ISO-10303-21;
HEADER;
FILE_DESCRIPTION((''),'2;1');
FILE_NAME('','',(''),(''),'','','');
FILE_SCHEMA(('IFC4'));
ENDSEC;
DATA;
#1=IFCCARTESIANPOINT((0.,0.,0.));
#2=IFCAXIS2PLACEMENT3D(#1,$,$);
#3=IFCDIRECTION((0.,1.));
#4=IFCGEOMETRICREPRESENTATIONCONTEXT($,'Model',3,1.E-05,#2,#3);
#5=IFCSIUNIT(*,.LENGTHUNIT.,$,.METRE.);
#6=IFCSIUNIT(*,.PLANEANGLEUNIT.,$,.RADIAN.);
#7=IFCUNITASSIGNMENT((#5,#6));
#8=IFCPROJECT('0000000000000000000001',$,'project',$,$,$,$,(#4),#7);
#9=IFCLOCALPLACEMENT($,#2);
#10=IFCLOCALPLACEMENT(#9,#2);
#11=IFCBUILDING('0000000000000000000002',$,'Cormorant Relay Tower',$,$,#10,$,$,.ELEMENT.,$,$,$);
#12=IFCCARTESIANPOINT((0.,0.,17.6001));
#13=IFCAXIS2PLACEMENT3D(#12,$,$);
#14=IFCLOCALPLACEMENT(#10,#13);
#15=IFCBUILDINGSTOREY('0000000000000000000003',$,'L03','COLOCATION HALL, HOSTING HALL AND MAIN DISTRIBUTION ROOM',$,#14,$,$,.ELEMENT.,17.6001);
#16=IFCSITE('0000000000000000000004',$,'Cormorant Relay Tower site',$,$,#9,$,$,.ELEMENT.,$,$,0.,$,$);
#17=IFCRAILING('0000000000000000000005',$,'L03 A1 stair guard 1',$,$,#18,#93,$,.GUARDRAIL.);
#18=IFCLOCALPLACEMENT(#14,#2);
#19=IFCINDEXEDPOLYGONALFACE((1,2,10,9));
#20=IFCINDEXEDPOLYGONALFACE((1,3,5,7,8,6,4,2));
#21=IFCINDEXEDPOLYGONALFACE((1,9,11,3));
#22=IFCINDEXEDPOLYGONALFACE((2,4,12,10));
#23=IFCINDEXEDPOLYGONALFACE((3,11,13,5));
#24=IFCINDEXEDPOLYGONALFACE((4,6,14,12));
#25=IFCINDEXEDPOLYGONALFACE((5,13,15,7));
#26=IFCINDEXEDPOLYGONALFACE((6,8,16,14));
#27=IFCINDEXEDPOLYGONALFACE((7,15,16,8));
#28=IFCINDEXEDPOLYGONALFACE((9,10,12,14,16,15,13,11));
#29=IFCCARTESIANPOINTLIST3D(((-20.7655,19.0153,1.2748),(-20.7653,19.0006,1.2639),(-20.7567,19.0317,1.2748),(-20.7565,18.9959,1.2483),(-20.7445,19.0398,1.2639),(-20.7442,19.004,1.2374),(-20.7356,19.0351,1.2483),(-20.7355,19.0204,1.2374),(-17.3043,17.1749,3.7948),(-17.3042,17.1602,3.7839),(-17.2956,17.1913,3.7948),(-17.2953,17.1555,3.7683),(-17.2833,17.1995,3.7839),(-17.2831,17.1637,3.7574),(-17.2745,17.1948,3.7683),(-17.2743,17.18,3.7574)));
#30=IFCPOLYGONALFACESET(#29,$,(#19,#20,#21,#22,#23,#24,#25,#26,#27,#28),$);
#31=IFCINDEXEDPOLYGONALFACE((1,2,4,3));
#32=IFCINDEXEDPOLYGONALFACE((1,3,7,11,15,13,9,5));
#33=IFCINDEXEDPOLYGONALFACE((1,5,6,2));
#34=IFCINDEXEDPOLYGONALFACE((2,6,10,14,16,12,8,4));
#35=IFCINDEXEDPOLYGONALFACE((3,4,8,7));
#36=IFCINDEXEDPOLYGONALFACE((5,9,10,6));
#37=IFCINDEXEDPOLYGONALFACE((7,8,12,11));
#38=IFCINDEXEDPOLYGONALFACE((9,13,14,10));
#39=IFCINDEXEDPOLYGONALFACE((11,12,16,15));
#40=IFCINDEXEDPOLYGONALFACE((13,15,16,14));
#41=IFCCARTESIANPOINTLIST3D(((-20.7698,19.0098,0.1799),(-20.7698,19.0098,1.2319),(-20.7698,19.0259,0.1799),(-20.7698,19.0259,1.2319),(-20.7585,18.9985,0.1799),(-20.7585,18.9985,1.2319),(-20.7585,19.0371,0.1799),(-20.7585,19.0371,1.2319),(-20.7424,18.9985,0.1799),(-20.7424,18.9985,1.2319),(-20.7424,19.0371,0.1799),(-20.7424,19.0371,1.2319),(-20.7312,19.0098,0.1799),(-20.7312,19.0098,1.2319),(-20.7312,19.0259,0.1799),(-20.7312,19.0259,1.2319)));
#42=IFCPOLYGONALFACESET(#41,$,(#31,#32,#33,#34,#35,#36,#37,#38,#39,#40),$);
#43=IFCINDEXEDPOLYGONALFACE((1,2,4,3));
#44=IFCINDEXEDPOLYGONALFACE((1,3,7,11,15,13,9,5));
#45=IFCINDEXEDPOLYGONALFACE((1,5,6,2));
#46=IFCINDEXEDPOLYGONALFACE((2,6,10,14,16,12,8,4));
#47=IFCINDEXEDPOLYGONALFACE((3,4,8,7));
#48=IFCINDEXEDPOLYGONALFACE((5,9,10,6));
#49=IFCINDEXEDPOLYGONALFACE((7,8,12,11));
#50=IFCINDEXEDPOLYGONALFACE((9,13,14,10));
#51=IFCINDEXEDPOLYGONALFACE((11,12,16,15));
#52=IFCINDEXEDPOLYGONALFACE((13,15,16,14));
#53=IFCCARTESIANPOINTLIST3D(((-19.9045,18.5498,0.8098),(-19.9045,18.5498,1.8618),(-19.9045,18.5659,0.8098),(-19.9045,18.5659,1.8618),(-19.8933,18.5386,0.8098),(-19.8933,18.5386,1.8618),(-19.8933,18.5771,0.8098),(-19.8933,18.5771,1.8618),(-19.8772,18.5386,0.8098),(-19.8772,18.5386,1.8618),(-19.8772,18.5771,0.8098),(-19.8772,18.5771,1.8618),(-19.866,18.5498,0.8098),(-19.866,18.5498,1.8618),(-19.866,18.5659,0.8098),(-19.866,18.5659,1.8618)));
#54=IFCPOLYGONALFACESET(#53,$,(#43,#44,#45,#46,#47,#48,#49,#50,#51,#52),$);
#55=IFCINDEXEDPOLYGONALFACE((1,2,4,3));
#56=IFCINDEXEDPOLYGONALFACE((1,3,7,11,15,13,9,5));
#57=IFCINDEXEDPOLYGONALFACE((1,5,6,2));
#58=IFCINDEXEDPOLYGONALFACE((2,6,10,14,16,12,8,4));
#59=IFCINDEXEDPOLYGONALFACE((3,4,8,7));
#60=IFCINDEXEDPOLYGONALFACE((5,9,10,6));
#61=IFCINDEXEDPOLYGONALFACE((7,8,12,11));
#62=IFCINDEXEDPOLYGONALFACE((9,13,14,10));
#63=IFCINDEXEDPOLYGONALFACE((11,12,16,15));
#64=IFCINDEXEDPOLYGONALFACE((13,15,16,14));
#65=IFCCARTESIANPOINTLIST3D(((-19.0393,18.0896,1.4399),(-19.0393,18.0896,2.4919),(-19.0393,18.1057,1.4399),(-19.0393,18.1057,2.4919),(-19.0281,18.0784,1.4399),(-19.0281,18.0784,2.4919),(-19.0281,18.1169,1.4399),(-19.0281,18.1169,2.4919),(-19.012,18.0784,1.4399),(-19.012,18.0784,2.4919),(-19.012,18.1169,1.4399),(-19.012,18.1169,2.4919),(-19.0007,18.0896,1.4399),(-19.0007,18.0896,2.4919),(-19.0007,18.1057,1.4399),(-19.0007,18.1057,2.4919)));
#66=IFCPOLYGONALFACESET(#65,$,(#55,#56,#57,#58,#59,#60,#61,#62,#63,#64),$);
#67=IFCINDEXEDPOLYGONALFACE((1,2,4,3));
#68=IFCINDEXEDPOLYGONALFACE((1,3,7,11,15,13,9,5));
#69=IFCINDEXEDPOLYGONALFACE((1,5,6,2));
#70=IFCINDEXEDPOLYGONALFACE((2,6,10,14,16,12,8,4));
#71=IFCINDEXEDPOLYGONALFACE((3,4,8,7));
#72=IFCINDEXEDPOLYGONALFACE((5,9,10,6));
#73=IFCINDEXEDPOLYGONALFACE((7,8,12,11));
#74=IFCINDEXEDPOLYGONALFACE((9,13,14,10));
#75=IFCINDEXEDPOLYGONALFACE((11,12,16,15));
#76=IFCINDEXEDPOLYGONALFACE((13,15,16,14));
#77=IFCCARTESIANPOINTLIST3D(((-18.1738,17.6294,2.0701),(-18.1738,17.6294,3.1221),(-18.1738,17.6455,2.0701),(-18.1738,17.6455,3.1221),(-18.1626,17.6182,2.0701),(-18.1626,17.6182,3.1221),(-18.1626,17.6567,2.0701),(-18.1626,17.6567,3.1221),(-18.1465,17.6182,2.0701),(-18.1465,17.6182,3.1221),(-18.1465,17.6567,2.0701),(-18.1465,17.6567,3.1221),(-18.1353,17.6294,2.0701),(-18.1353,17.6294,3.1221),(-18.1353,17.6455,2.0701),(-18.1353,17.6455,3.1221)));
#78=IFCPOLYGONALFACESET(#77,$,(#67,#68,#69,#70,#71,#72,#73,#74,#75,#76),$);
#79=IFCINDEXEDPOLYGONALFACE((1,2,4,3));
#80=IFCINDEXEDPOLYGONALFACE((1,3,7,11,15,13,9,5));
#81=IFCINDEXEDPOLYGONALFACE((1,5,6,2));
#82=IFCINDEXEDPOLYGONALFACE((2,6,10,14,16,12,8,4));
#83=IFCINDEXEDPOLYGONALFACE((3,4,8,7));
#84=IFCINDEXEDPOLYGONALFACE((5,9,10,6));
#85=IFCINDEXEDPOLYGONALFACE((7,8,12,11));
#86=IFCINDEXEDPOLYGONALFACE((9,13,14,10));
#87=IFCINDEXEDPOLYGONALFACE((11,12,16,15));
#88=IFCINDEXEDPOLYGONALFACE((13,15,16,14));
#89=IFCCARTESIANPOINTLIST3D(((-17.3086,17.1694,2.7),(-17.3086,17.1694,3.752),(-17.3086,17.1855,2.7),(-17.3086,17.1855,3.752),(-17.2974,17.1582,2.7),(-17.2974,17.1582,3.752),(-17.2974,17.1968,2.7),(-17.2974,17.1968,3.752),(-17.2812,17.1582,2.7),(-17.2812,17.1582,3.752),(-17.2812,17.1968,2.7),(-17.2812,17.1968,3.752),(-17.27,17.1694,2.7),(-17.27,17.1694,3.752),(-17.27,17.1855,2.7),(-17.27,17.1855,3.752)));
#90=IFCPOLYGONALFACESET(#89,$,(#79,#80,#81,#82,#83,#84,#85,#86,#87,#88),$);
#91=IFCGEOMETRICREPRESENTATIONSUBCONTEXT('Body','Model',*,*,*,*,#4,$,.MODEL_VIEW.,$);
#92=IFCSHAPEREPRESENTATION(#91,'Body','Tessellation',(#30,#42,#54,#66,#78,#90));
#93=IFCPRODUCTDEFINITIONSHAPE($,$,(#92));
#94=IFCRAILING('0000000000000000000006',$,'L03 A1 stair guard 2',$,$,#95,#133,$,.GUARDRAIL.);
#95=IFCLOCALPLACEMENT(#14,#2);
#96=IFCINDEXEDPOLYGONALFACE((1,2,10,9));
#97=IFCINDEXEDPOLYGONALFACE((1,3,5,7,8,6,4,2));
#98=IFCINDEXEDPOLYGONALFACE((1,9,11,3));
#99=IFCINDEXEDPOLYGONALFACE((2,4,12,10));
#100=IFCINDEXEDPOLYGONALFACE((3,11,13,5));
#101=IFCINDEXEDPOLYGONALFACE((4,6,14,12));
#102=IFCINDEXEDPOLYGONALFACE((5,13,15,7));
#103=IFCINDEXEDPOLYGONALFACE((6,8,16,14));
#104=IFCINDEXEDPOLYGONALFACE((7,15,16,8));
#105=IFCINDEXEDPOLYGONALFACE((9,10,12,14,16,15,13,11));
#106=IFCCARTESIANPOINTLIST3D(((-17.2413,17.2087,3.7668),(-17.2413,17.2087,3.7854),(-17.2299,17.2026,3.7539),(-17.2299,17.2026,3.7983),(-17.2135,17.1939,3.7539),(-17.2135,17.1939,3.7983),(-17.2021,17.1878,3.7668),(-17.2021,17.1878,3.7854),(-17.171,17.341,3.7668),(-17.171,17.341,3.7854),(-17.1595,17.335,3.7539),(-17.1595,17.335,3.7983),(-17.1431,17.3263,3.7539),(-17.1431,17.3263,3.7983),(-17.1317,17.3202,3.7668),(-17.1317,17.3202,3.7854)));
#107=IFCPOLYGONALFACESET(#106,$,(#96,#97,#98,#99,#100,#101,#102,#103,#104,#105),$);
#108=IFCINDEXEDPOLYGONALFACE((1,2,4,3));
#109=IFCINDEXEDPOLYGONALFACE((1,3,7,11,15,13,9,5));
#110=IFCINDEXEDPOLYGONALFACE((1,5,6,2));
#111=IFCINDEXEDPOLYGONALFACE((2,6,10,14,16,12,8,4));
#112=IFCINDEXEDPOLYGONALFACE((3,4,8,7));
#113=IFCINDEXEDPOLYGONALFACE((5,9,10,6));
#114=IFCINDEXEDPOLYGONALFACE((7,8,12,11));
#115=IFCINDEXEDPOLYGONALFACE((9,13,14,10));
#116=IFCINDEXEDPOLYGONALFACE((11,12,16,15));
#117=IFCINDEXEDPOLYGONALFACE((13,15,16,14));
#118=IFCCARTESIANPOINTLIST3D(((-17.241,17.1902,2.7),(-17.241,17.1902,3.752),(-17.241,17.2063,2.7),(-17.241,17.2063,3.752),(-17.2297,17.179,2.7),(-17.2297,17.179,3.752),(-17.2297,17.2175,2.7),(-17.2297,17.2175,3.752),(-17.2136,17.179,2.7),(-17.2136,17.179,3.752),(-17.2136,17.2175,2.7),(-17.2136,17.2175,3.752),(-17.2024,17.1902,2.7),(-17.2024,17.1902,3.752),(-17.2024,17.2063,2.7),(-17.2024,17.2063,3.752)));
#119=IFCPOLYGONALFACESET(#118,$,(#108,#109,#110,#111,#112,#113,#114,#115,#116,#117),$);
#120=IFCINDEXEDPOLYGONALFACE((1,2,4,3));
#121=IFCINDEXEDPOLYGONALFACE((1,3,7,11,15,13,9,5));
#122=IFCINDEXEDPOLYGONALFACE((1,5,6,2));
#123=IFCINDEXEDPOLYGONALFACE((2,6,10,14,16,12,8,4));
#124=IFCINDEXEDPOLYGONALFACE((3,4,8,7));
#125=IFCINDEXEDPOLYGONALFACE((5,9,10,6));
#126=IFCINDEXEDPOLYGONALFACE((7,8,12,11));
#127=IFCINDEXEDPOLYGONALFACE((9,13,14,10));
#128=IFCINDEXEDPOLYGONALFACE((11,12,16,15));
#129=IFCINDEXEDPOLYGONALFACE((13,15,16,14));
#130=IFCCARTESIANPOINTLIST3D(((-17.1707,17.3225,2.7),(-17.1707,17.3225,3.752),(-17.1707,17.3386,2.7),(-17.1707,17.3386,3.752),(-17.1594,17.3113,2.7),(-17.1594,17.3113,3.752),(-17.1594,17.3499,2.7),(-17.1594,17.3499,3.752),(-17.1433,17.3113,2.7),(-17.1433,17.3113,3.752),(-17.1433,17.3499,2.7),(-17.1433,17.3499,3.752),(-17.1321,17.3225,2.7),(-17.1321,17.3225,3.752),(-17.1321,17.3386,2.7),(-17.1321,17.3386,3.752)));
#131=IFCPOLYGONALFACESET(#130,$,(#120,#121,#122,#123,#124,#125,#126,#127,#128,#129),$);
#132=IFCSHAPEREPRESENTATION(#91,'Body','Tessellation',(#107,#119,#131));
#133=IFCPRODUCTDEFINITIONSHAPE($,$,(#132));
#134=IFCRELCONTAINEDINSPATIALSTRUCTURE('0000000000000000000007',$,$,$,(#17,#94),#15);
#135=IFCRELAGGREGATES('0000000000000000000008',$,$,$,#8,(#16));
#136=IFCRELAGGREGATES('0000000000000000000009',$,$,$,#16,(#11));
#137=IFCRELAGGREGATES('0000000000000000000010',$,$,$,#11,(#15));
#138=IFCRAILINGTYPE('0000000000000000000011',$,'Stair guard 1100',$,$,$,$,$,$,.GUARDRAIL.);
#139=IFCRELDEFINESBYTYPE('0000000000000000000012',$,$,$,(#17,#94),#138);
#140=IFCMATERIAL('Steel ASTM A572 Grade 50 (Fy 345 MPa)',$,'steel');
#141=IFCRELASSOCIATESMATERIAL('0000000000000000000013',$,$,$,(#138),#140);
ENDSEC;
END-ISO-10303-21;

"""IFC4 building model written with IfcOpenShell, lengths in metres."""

from ifc_helpers import new_model, si_unit, direction, frame, origin, place, context, subcontext, project, spatial, polyline, outline, extrude, material, type_object, element, save


model = new_model("IFC4")

# Units and contexts
model_context = context("Model", 3, precision=1e-05, world=origin(), true_north=direction((0.0, 1.0)))
body_context = subcontext(model_context, "Body", "Model", "MODEL_VIEW")
ifc_project = project(units=[si_unit("LENGTHUNIT", "METRE"), si_unit("PLANEANGLEUNIT", "RADIAN")], contexts=[model_context])

# Site, building, storey
site_placement = place(None, origin())
site = spatial("IfcSite", under=ifc_project, at=site_placement, Name="Cormorant Relay Tower site", CompositionType="ELEMENT", RefElevation=0.0)
building_placement = place(site_placement, origin())
building = spatial("IfcBuilding", under=site, at=building_placement, Name="Cormorant Relay Tower", CompositionType="ELEMENT")
storey_placement = place(building_placement, frame((0.0, 0.0, 17.6001)))
storey = spatial("IfcBuildingStorey", under=building, at=storey_placement, Name="L03", Description="COLOCATION HALL, HOSTING HALL AND MAIN DISTRIBUTION ROOM", CompositionType="ELEMENT", Elevation=17.6001)

# Railings
ifc_material_1 = material(Name="Steel ASTM A572 Grade 50 (Fy 345 MPa)", Category="steel")
railing_type_1 = type_object("IfcRailingType", Name="Stair guard 1100", PredefinedType="GUARDRAIL", material=ifc_material_1)
railing_1_placement = place(storey_placement, frame((-20.7505, 19.0178, 0.1799)))
element("IfcRailing", 1, at=railing_1_placement, inside=storey, type_object=railing_type_1, Name="L03 A1 stair guard 1", PredefinedType="GUARDRAIL", context=body_context, shape_type="SweptSolid", body=[
    extrude(outline(polyline([(0.0222, 0.0093), (0.0093, 0.0222), (-0.0093, 0.0222), (-0.0222, 0.0093), (-0.0222, -0.0093), (-0.0093, -0.0222), (0.0093, -0.0222), (0.0222, -0.0093), (0.0222, 0.0093)])), frame((0.0, 0.0, 1.0762), z_axis=(0.742717, -0.394907, 0.540758), x_axis=(0.469469, 0.882949, 0.0)), (0.0, 0.0, 1.0), 4.6602),
    extrude(outline(polyline([(0.0193, 0.0081), (0.0081, 0.0193), (-0.0081, 0.0193), (-0.0193, 0.0081), (-0.0193, -0.0081), (-0.0081, -0.0193), (0.0081, -0.0193), (0.0193, -0.0081), (0.0193, 0.0081)])), origin(), (0.0, 0.0, 1.0), 1.052),
    extrude(outline(polyline([(0.0193, 0.0081), (0.0081, 0.0193), (-0.0081, 0.0193), (-0.0193, 0.0081), (-0.0193, -0.0081), (-0.0081, -0.0193), (0.0081, -0.0193), (0.0193, -0.0081), (0.0193, 0.0081)])), frame((0.8652, -0.46, 0.6299)), (0.0, 0.0, 1.0), 1.052),
    extrude(outline(polyline([(0.0193, 0.0081), (0.0081, 0.0193), (-0.0081, 0.0193), (-0.0193, 0.0081), (-0.0193, -0.0081), (-0.0081, -0.0193), (0.0081, -0.0193), (0.0193, -0.0081), (0.0193, 0.0081)])), frame((1.7305, -0.9202, 1.26)), (0.0, 0.0, 1.0), 1.052),
    extrude(outline(polyline([(0.0193, 0.0081), (0.0081, 0.0193), (-0.0081, 0.0193), (-0.0193, 0.0081), (-0.0193, -0.0081), (-0.0081, -0.0193), (0.0081, -0.0193), (0.0193, -0.0081), (0.0193, 0.0081)])), frame((2.5959, -1.3804, 1.8901)), (0.0, 0.0, 1.0), 1.052),
    extrude(outline(polyline([(0.0193, 0.0081), (0.0081, 0.0193), (-0.0081, 0.0193), (-0.0193, 0.0081), (-0.0193, -0.0081), (-0.0081, -0.0193), (0.0081, -0.0193), (0.0193, -0.0081), (0.0193, 0.0081)])), frame((3.4612, -1.8403, 2.52)), (0.0, 0.0, 1.0), 1.052),
])
railing_2_placement = place(storey_placement, frame((-17.2217, 17.1982, 2.7)))
element("IfcRailing", 2, at=railing_2_placement, inside=storey, type_object=railing_type_1, Name="L03 A1 stair guard 2", PredefinedType="GUARDRAIL", context=body_context, shape_type="SweptSolid", body=[
    extrude(outline(polyline([(0.0222, 0.0093), (0.0093, 0.0222), (-0.0093, 0.0222), (-0.0222, 0.0093), (-0.0222, -0.0093), (-0.0093, -0.0222), (0.0093, -0.0222), (0.0222, -0.0093), (0.0222, 0.0093)])), frame((0.0, 0.0, 1.0762), z_axis=(0.469235, 0.883074, 0.0), x_axis=(-0.883074, 0.469235, 0.0)), (0.0, 0.0, 1.0), 0.1499),
    extrude(outline(polyline([(0.0193, 0.0081), (0.0081, 0.0193), (-0.0081, 0.0193), (-0.0193, 0.0081), (-0.0193, -0.0081), (-0.0081, -0.0193), (0.0081, -0.0193), (0.0193, -0.0081), (0.0193, 0.0081)])), origin(), (0.0, 0.0, 1.0), 1.052),
    extrude(outline(polyline([(0.0193, 0.0081), (0.0081, 0.0193), (-0.0081, 0.0193), (-0.0193, 0.0081), (-0.0193, -0.0081), (-0.0081, -0.0193), (0.0081, -0.0193), (0.0193, -0.0081), (0.0193, 0.0081)])), frame((0.0703, 0.1323, 0.0)), (0.0, 0.0, 1.0), 1.052),
])

save(model, "model.ifc")
